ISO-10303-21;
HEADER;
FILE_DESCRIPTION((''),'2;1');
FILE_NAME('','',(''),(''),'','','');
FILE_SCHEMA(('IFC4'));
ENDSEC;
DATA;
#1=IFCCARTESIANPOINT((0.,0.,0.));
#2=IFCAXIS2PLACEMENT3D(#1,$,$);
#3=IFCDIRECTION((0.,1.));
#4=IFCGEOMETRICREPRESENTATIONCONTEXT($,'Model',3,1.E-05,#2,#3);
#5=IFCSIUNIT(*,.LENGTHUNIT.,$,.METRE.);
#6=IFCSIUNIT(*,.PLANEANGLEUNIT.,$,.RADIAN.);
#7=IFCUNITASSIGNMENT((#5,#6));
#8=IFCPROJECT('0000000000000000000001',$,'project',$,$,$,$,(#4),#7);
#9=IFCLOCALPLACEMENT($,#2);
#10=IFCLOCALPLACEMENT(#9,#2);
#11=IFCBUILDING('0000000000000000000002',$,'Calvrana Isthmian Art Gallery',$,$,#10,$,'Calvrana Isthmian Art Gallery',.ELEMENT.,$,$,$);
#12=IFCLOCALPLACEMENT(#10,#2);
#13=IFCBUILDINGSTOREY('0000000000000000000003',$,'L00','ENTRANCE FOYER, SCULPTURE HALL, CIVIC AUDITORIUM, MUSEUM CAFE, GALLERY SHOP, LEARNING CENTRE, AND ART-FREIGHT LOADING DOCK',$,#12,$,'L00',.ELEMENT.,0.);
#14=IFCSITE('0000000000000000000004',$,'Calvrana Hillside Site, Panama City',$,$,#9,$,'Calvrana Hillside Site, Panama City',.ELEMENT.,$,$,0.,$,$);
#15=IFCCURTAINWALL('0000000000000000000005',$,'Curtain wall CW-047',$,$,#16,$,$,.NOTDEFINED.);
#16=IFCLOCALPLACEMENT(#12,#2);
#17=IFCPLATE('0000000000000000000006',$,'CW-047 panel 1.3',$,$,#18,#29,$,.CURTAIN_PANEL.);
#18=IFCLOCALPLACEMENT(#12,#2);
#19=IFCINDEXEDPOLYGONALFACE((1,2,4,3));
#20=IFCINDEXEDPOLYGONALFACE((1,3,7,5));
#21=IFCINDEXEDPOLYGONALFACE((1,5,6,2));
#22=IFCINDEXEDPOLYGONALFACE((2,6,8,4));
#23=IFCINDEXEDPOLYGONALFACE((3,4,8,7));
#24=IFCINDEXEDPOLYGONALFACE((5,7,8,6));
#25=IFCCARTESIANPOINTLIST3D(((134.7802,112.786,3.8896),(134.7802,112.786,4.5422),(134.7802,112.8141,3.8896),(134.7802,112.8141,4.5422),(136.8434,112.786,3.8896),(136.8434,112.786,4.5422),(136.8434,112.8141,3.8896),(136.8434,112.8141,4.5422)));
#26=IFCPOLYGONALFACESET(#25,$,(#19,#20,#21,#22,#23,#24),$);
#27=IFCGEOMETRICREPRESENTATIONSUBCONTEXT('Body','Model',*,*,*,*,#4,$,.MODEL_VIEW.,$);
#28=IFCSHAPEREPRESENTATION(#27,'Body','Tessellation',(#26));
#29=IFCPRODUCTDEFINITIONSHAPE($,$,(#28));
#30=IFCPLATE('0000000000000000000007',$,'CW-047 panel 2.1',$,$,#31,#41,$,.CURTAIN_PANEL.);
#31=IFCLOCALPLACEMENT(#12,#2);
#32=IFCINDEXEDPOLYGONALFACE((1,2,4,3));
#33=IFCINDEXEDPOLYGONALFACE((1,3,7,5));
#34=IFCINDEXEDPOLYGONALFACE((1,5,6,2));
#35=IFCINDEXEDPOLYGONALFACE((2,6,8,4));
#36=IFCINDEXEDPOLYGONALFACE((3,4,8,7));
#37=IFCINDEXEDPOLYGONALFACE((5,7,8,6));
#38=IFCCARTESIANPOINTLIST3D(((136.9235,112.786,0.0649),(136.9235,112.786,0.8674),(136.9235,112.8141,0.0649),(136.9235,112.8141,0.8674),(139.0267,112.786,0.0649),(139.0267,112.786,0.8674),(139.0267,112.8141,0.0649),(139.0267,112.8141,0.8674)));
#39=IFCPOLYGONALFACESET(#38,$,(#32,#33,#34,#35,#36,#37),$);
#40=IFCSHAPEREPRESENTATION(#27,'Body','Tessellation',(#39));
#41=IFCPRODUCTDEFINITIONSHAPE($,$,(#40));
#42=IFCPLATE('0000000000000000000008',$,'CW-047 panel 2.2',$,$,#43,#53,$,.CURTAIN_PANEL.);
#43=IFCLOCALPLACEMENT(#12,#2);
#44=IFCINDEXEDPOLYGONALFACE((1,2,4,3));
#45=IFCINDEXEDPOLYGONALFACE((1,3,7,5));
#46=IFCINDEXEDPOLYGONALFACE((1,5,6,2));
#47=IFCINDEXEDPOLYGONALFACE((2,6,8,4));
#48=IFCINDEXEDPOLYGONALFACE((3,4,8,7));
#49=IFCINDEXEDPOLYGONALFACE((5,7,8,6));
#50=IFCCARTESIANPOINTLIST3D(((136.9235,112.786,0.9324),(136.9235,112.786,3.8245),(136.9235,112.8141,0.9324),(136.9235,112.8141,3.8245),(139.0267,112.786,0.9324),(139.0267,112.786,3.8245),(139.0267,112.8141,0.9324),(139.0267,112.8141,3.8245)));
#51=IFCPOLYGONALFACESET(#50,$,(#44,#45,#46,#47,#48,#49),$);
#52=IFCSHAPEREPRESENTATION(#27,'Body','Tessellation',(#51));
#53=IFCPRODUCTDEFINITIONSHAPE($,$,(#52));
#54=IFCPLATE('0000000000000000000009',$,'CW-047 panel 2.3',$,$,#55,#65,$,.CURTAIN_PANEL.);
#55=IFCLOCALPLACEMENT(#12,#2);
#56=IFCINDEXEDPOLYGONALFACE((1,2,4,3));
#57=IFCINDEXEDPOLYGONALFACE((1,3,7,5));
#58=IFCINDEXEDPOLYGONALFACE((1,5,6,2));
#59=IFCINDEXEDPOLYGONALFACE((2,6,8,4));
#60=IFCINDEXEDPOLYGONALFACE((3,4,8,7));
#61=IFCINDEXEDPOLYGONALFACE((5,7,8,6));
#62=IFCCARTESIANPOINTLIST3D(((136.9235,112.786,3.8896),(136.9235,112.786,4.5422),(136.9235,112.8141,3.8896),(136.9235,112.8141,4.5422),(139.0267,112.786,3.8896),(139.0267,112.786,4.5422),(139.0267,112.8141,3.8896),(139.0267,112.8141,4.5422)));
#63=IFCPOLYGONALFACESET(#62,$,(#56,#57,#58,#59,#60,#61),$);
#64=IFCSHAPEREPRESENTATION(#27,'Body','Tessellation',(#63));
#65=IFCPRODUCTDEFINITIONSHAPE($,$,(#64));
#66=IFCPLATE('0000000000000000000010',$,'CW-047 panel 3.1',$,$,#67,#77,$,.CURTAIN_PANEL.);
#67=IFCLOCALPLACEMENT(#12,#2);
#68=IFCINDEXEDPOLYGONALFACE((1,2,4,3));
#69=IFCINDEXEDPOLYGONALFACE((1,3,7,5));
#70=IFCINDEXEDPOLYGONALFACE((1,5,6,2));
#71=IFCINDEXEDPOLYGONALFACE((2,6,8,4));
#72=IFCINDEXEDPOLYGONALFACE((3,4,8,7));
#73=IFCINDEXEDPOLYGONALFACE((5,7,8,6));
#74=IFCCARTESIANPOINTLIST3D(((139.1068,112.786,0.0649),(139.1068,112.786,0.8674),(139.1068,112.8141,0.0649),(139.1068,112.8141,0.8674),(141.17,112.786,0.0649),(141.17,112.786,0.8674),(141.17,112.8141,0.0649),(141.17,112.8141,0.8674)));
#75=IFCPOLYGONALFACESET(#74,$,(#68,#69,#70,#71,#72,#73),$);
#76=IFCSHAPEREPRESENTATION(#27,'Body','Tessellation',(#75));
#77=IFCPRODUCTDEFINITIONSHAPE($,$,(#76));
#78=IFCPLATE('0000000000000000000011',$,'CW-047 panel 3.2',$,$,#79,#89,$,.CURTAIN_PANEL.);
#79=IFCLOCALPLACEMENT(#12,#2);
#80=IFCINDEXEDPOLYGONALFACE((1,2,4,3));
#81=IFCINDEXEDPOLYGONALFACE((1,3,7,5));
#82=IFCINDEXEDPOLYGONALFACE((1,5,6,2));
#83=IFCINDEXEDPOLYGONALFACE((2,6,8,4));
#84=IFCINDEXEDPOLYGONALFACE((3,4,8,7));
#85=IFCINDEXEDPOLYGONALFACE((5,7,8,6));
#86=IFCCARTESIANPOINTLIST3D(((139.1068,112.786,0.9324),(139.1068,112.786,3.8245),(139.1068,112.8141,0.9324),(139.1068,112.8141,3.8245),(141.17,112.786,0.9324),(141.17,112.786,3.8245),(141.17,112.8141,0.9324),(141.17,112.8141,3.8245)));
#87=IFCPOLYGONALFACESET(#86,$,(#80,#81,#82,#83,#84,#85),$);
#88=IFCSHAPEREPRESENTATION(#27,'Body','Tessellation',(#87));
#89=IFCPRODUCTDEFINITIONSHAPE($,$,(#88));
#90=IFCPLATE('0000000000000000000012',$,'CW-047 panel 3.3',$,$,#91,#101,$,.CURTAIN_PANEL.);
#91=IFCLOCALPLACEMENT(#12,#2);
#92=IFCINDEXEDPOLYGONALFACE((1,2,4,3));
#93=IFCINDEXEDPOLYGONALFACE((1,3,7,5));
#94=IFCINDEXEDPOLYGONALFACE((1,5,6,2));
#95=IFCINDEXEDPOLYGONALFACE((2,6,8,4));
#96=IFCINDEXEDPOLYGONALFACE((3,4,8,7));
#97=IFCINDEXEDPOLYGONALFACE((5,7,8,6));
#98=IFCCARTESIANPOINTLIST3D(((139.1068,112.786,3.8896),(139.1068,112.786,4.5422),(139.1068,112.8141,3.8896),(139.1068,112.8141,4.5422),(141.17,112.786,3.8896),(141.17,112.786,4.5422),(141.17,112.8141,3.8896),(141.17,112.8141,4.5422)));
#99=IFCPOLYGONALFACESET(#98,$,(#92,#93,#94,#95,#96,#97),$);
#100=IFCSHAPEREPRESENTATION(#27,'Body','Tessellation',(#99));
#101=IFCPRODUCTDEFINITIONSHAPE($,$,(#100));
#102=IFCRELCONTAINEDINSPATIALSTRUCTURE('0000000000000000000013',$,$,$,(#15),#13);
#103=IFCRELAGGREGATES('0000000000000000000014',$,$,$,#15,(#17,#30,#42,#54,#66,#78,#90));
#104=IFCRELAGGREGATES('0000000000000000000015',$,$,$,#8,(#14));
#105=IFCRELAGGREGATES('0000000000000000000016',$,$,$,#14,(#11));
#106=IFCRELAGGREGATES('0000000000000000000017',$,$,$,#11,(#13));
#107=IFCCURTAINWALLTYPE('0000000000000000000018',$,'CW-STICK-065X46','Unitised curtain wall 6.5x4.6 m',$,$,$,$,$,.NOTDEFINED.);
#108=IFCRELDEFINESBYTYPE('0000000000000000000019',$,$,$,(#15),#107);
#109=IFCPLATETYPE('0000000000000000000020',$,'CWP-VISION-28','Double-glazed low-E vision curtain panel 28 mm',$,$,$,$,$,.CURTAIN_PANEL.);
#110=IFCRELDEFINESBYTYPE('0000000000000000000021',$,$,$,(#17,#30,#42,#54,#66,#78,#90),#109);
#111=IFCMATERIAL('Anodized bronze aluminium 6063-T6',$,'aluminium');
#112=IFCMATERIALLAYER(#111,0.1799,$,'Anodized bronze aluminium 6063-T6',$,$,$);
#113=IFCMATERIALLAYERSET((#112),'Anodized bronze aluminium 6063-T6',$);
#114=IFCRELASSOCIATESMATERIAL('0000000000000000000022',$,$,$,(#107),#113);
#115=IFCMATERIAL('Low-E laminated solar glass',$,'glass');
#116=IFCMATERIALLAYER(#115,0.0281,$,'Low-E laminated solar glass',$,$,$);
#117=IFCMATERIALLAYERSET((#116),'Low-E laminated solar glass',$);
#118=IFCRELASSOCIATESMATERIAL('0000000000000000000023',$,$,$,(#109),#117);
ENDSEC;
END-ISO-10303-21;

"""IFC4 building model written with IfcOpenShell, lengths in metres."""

from ifc_helpers import new_model, si_unit, direction, frame, origin, origin_2d, place, context, subcontext, project, spatial, rectangle, extrude, material, layer, layer_set, type_object, element, aggregate, save


model = new_model("IFC4")

# Units and contexts
model_context = context("Model", 3, precision=1e-05, world=origin(), true_north=direction((0.0, 1.0)))
body_context = subcontext(model_context, "Body", "Model", "MODEL_VIEW")
ifc_project = project(units=[si_unit("LENGTHUNIT", "METRE"), si_unit("PLANEANGLEUNIT", "RADIAN")], contexts=[model_context])

# Site, building, storey
site_placement = place(None, origin())
site = spatial("IfcSite", under=ifc_project, at=site_placement, Name="Calvrana Hillside Site, Panama City", LongName="Calvrana Hillside Site, Panama City", CompositionType="ELEMENT", RefElevation=0.0)
building_placement = place(site_placement, origin())
building = spatial("IfcBuilding", under=site, at=building_placement, Name="Calvrana Isthmian Art Gallery", LongName="Calvrana Isthmian Art Gallery", CompositionType="ELEMENT")
storey_placement = place(building_placement, origin())
storey = spatial("IfcBuildingStorey", under=building, at=storey_placement, Name="L00", Description="ENTRANCE FOYER, SCULPTURE HALL, CIVIC AUDITORIUM, MUSEUM CAFE, GALLERY SHOP, LEARNING CENTRE, AND ART-FREIGHT LOADING DOCK", LongName="L00", CompositionType="ELEMENT", Elevation=0.0)

# Curtain wall, plates
ifc_material_1 = material(Name="Anodized bronze aluminium 6063-T6", Category="aluminium")
ifc_layer_1 = layer(ifc_material_1, 0.1799, Name="Anodized bronze aluminium 6063-T6")
ifc_layer_set_1 = layer_set([ifc_layer_1], Name="Anodized bronze aluminium 6063-T6")
curtain_wall_type = type_object("IfcCurtainWallType", Name="CW-STICK-065X46", Description="Unitised curtain wall 6.5x4.6 m", PredefinedType="NOTDEFINED", material=ifc_layer_set_1)
curtain_wall_placement = place(storey_placement, origin())
curtain_wall = element("IfcCurtainWall", 1, at=curtain_wall_placement, inside=storey, type_object=curtain_wall_type, Name="Curtain wall CW-047", PredefinedType="NOTDEFINED")
ifc_material_2 = material(Name="Low-E laminated solar glass", Category="glass")
ifc_layer_2 = layer(ifc_material_2, 0.0281, Name="Low-E laminated solar glass")
ifc_layer_set_2 = layer_set([ifc_layer_2], Name="Low-E laminated solar glass")
plate_type = type_object("IfcPlateType", Name="CWP-VISION-28", Description="Double-glazed low-E vision curtain panel 28 mm", PredefinedType="CURTAIN_PANEL", material=ifc_layer_set_2)
plate_1_placement = place(storey_placement, frame((135.8118, 112.8, 3.8896), z_axis=(0.0, 0.0, 1.0), x_axis=(1.0, 0.0, 0.0)))
plate_1 = element("IfcPlate", 2, at=plate_1_placement, type_object=plate_type, Name="CW-047 panel 1.3", PredefinedType="CURTAIN_PANEL", context=body_context, shape_type="SweptSolid", body=[
    extrude(rectangle(XDim=2.0632, YDim=0.0281, at=origin_2d()), origin(), (0.0, 0.0, 1.0), 0.6526),
])
plate_2_placement = place(storey_placement, frame((137.9751, 112.8, 0.0649), z_axis=(0.0, 0.0, 1.0), x_axis=(1.0, 0.0, 0.0)))
plate_2 = element("IfcPlate", 3, at=plate_2_placement, type_object=plate_type, Name="CW-047 panel 2.1", PredefinedType="CURTAIN_PANEL", context=body_context, shape_type="SweptSolid", body=[
    extrude(rectangle(XDim=2.1033, YDim=0.0281, at=origin_2d()), origin(), (0.0, 0.0, 1.0), 0.8025),
])
plate_3_placement = place(storey_placement, frame((137.9751, 112.8, 0.9324), z_axis=(0.0, 0.0, 1.0), x_axis=(1.0, 0.0, 0.0)))
plate_3 = element("IfcPlate", 4, at=plate_3_placement, type_object=plate_type, Name="CW-047 panel 2.2", PredefinedType="CURTAIN_PANEL", context=body_context, shape_type="SweptSolid", body=[
    extrude(rectangle(XDim=2.1033, YDim=0.0281, at=origin_2d()), origin(), (0.0, 0.0, 1.0), 2.8921),
])
plate_4_placement = place(storey_placement, frame((137.9751, 112.8, 3.8896), z_axis=(0.0, 0.0, 1.0), x_axis=(1.0, 0.0, 0.0)))
plate_4 = element("IfcPlate", 5, at=plate_4_placement, type_object=plate_type, Name="CW-047 panel 2.3", PredefinedType="CURTAIN_PANEL", context=body_context, shape_type="SweptSolid", body=[
    extrude(rectangle(XDim=2.1033, YDim=0.0281, at=origin_2d()), origin(), (0.0, 0.0, 1.0), 0.6526),
])
plate_5_placement = place(storey_placement, frame((140.1384, 112.8, 0.0649), z_axis=(0.0, 0.0, 1.0), x_axis=(1.0, 0.0, 0.0)))
plate_5 = element("IfcPlate", 6, at=plate_5_placement, type_object=plate_type, Name="CW-047 panel 3.1", PredefinedType="CURTAIN_PANEL", context=body_context, shape_type="SweptSolid", body=[
    extrude(rectangle(XDim=2.0632, YDim=0.0281, at=origin_2d()), origin(), (0.0, 0.0, 1.0), 0.8025),
])
plate_6_placement = place(storey_placement, frame((140.1384, 112.8, 0.9324), z_axis=(0.0, 0.0, 1.0), x_axis=(1.0, 0.0, 0.0)))
plate_6 = element("IfcPlate", 7, at=plate_6_placement, type_object=plate_type, Name="CW-047 panel 3.2", PredefinedType="CURTAIN_PANEL", context=body_context, shape_type="SweptSolid", body=[
    extrude(rectangle(XDim=2.0632, YDim=0.0281, at=origin_2d()), origin(), (0.0, 0.0, 1.0), 2.8921),
])
plate_7_placement = place(storey_placement, frame((140.1384, 112.8, 3.8896), z_axis=(0.0, 0.0, 1.0), x_axis=(1.0, 0.0, 0.0)))
plate_7 = element("IfcPlate", 8, at=plate_7_placement, type_object=plate_type, Name="CW-047 panel 3.3", PredefinedType="CURTAIN_PANEL", context=body_context, shape_type="SweptSolid", body=[
    extrude(rectangle(XDim=2.0632, YDim=0.0281, at=origin_2d()), origin(), (0.0, 0.0, 1.0), 0.6526),
])
aggregate(curtain_wall, [plate_1, plate_2, plate_3, plate_4, plate_5, plate_6, plate_7])

save(model, "model.ifc")
